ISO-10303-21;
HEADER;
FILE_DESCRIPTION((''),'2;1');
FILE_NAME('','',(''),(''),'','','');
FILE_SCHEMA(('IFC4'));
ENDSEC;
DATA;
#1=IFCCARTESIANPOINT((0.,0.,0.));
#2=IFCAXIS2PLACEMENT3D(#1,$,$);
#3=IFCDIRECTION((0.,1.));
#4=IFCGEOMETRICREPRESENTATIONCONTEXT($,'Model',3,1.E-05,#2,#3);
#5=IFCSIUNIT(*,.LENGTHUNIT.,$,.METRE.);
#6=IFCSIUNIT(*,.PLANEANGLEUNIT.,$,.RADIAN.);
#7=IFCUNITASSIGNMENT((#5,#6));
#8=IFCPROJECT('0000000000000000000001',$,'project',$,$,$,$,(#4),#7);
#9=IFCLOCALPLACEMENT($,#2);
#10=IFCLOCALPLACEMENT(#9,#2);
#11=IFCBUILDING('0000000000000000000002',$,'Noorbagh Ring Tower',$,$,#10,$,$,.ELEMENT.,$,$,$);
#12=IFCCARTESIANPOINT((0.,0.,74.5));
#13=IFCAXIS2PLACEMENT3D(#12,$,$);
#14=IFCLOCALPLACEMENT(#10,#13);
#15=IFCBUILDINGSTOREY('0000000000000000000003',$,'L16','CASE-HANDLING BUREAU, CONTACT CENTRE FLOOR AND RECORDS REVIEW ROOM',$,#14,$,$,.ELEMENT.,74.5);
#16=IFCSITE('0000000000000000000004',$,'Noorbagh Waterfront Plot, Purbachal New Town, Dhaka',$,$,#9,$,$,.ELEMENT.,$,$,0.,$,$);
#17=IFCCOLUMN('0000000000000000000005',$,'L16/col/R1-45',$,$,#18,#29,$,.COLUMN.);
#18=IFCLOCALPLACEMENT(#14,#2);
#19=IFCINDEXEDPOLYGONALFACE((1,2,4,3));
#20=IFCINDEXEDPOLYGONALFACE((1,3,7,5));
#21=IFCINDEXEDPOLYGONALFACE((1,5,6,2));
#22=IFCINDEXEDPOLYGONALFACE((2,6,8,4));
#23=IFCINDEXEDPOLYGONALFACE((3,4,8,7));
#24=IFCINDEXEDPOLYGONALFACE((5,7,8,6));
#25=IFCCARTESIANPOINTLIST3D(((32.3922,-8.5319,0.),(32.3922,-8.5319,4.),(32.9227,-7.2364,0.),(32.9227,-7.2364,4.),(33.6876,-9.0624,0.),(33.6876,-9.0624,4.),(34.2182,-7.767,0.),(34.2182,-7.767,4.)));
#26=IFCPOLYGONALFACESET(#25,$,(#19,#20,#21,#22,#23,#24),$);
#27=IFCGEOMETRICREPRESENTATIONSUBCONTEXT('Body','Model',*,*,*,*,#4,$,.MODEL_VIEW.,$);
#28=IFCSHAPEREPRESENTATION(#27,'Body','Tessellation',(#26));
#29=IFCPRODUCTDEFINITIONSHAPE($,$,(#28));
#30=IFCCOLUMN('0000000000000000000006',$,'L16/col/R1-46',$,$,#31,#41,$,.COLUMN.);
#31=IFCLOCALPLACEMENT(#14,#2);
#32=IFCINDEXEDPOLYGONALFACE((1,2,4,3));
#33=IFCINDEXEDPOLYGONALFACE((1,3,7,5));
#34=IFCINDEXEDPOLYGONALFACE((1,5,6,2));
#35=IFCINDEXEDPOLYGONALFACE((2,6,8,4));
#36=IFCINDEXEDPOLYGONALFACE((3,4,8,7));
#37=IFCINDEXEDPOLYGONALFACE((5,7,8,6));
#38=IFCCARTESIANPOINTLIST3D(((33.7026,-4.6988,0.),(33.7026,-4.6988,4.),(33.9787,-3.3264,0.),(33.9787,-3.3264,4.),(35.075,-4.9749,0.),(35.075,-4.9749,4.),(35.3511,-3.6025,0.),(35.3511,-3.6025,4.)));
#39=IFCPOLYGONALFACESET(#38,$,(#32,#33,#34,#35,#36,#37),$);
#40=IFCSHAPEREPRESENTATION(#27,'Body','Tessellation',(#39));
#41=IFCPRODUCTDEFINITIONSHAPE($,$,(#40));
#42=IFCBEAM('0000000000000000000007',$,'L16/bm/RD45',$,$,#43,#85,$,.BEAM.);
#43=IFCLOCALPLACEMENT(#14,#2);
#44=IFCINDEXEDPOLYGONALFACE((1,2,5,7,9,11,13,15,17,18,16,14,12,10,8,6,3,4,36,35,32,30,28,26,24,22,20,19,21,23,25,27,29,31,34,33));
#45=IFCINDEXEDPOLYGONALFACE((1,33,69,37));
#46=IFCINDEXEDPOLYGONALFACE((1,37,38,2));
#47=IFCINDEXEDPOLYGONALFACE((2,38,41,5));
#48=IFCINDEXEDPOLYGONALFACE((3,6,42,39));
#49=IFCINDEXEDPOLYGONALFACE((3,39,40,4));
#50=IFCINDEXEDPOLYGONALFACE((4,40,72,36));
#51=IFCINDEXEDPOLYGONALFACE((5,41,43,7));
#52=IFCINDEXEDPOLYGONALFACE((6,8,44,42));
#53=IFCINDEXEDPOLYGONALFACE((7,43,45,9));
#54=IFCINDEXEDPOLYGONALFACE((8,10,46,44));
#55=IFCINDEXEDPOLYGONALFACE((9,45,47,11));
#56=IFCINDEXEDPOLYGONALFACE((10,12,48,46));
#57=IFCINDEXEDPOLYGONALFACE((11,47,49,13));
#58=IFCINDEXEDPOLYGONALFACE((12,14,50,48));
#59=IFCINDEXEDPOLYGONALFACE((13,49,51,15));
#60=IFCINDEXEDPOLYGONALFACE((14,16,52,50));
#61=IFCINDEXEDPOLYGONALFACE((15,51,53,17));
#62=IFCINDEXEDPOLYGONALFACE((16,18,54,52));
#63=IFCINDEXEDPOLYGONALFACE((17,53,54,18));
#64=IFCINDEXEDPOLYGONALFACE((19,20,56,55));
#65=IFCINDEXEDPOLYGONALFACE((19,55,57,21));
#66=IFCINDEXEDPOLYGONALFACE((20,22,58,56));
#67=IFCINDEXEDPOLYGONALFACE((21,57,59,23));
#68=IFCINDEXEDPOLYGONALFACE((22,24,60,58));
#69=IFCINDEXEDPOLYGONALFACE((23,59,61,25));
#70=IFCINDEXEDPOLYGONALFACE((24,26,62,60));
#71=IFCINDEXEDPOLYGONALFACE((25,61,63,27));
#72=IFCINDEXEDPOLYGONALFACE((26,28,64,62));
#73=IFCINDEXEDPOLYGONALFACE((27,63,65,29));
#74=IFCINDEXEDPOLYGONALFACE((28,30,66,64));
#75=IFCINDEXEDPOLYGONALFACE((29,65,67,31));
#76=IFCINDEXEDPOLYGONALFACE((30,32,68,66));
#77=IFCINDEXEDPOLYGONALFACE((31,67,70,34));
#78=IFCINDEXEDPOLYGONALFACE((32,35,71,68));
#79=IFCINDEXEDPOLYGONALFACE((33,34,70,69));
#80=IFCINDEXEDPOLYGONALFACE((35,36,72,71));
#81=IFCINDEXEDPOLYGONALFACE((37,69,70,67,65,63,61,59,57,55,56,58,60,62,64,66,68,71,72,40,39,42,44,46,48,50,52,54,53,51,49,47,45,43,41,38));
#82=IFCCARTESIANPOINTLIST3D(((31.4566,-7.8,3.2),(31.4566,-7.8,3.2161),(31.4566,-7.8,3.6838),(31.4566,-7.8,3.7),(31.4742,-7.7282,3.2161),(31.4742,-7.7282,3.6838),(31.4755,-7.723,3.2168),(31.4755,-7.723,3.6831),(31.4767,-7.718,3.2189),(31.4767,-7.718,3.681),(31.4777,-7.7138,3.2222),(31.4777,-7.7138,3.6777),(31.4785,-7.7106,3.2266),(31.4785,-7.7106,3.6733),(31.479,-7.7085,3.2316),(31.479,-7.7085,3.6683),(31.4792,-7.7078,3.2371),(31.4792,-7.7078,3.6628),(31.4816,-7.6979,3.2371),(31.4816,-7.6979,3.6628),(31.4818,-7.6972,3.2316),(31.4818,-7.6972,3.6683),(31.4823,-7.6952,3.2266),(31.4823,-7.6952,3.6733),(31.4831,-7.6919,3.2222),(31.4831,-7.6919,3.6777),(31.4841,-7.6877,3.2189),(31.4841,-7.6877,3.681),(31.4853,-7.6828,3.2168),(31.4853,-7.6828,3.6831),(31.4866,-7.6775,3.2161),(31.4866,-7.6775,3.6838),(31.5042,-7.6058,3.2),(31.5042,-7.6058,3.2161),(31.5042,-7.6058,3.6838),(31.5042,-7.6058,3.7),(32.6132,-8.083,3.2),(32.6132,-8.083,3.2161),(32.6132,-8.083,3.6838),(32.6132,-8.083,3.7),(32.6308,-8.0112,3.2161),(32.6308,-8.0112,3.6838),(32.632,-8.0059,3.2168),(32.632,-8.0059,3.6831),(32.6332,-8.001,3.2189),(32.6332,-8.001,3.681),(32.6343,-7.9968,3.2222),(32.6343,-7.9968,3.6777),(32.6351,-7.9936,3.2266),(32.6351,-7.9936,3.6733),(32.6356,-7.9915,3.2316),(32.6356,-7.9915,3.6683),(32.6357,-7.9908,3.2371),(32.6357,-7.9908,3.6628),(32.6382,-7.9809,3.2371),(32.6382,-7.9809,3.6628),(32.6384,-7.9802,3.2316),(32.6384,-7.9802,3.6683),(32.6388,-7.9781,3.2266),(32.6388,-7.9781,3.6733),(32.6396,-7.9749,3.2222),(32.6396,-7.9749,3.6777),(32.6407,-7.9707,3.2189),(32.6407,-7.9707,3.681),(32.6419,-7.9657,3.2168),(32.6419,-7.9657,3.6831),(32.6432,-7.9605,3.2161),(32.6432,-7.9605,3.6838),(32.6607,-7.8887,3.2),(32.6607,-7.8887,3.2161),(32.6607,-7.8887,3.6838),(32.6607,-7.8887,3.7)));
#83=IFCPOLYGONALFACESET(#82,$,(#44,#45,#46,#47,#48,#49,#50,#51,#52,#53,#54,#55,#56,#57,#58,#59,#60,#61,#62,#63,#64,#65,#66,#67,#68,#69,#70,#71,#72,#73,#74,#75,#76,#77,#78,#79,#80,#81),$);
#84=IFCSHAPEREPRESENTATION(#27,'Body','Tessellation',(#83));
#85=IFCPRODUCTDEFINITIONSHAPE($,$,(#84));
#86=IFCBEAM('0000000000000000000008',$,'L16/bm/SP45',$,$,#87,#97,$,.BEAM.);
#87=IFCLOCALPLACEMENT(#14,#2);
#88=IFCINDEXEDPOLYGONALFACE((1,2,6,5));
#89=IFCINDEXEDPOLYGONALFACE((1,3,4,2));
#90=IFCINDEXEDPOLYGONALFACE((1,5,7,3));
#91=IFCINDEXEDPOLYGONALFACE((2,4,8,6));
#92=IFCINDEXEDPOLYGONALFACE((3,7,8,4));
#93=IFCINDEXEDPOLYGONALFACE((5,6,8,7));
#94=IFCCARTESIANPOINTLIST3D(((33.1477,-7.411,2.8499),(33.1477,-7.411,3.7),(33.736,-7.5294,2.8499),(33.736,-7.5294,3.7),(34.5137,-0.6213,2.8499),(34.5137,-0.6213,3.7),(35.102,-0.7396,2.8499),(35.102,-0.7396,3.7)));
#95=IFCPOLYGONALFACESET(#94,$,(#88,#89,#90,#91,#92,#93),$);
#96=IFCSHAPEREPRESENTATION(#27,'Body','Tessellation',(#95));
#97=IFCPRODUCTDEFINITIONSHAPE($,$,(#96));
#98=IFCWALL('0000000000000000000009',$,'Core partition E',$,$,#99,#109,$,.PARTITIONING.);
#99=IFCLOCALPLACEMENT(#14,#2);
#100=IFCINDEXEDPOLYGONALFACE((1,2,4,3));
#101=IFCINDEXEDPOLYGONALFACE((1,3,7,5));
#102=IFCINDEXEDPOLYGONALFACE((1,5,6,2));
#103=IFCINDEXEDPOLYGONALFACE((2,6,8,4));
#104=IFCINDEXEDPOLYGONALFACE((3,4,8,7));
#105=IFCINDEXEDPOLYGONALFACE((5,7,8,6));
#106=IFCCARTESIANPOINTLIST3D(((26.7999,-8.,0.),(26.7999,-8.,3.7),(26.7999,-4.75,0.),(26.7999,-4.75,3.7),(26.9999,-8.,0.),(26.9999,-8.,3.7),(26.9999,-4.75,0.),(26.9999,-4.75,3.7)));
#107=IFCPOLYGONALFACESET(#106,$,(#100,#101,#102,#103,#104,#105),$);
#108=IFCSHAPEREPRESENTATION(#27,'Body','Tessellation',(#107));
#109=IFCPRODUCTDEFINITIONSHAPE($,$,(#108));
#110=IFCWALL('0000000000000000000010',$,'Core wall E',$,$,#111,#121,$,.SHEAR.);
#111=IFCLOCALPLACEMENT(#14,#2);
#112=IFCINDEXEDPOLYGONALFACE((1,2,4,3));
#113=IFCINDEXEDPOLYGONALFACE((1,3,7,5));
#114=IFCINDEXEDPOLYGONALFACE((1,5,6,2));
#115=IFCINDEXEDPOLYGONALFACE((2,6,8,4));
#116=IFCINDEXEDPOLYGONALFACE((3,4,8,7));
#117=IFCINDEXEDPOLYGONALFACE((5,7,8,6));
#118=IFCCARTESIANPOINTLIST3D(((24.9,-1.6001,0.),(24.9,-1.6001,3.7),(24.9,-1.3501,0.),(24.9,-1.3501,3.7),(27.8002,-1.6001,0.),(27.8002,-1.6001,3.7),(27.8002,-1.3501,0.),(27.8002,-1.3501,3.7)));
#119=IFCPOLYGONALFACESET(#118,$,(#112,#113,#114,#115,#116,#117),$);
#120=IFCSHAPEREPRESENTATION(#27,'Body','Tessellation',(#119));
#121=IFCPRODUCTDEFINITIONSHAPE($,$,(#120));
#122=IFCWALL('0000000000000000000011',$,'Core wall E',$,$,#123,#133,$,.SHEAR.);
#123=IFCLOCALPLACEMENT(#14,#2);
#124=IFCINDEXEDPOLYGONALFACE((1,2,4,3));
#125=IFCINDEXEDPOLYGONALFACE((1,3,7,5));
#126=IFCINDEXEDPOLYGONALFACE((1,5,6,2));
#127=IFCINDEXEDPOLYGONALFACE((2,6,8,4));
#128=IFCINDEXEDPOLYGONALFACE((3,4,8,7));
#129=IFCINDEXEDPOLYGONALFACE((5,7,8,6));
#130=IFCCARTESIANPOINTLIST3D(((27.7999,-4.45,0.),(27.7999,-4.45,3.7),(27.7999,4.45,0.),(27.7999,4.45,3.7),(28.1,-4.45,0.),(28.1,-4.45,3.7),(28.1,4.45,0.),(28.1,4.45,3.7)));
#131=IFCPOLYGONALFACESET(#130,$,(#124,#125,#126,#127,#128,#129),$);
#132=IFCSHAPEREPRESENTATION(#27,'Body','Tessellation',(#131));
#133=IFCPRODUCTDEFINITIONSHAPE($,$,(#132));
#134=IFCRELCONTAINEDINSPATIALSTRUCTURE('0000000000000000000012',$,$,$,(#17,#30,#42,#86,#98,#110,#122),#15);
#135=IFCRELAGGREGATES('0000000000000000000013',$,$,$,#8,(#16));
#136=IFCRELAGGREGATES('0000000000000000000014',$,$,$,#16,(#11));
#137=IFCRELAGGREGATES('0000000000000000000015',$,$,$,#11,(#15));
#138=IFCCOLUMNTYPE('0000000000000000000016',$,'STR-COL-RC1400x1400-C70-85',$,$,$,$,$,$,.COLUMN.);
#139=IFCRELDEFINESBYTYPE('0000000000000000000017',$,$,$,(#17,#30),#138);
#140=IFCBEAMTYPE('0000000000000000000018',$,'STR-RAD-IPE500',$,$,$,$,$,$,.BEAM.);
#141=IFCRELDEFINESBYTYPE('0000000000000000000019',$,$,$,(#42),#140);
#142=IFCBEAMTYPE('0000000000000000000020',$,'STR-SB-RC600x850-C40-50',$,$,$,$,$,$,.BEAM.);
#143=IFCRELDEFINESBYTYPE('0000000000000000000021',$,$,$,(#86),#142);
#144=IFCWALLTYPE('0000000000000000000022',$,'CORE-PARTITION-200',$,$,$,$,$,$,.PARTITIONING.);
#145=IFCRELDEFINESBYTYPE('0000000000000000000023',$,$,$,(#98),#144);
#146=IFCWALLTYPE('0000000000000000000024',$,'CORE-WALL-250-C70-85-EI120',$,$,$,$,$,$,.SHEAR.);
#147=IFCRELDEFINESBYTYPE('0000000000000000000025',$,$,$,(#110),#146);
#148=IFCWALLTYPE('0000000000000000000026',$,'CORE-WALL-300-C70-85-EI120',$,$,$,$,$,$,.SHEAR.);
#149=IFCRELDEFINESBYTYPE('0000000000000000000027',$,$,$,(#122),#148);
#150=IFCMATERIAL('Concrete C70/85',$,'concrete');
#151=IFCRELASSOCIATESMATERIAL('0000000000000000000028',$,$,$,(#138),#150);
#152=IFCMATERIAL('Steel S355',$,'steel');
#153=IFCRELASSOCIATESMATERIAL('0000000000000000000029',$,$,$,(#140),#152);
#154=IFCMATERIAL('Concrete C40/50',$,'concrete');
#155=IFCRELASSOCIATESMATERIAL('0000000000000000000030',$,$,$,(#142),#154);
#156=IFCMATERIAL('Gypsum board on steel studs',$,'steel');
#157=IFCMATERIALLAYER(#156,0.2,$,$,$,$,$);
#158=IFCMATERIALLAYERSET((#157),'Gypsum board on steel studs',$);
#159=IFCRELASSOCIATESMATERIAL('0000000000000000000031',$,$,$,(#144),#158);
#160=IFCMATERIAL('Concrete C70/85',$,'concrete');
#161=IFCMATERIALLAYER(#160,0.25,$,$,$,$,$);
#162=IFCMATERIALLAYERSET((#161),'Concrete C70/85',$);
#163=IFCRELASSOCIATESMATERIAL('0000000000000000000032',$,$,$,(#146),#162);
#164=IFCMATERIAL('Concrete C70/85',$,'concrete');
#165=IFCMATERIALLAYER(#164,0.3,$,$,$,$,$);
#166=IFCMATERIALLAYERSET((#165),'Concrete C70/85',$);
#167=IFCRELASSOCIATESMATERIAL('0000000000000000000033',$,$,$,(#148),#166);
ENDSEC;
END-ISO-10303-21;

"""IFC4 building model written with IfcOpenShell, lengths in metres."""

from ifc_helpers import new_model, si_unit, direction, frame, frame_2d, origin, origin_2d, place, context, subcontext, project, spatial, rectangle, i_section, extrude, material, layer, layer_set, material_profile, profile_set, type_object, element, save


model = new_model("IFC4")

# Units and contexts
model_context = context("Model", 3, precision=1e-05, world=origin(), true_north=direction((0.0, 1.0)))
body_context = subcontext(model_context, "Body", "Model", "MODEL_VIEW")
ifc_project = project(units=[si_unit("LENGTHUNIT", "METRE"), si_unit("PLANEANGLEUNIT", "RADIAN")], contexts=[model_context])

# Site, building, storey
site_placement = place(None, origin())
site = spatial("IfcSite", under=ifc_project, at=site_placement, Name="Noorbagh Waterfront Plot, Purbachal New Town, Dhaka", CompositionType="ELEMENT", RefElevation=0.0)
building_placement = place(site_placement, origin())
building = spatial("IfcBuilding", under=site, at=building_placement, Name="Noorbagh Ring Tower", CompositionType="ELEMENT")
storey_placement = place(building_placement, frame((0.0, 0.0, 74.5)))
storey = spatial("IfcBuildingStorey", under=building, at=storey_placement, Name="L16", Description="CASE-HANDLING BUREAU, CONTACT CENTRE FLOOR AND RECORDS REVIEW ROOM", CompositionType="ELEMENT", Elevation=74.5)

# Columns
ifc_material_1 = material(Name="Concrete C70/85", Category="concrete")
ifc_material_profile_1 = material_profile(ifc_material_1, rectangle(XDim=1.3999, YDim=1.3999, at=origin_2d()), Name="RC1400x1400")
ifc_profile_set_1 = profile_set([ifc_material_profile_1], Name="Concrete C70/85")
column_type = type_object("IfcColumnType", Name="STR-COL-RC1400x1400-C70-85", PredefinedType="COLUMN", material=ifc_profile_set_1)
for number, where, z_axis, x_axis, name in (
    (1, (33.3052, -8.1494, 0.0), (0.0, 0.0, 1.0), (0.378989, 0.925401, 0.0), "L16/col/R1-45"),
    (2, (34.5269, -4.1506, 0.0), (0.0, 0.0, 1.0), (0.19723, 0.980357, 0.0), "L16/col/R1-46"),
):
    element("IfcColumn", number, at=place(storey_placement, frame(where, z_axis=z_axis, x_axis=x_axis)), inside=storey, type_object=column_type, Name=name, PredefinedType="COLUMN", context=body_context, shape_type="SweptSolid", body=[
        extrude(rectangle(XDim=1.3999, YDim=1.3999, at=origin_2d()), origin(), (0.0, 0.0, 1.0), 4.0),
    ])

# Beams
ifc_material_2 = material(Name="Steel S355", Category="steel")
ifc_material_profile_2 = material_profile(ifc_material_2, i_section(OverallWidth=0.2, OverallDepth=0.5, WebThickness=0.0103, FlangeThickness=0.0161, FilletRadius=0.021, at=origin_2d()), Name="IPE500")
ifc_profile_set_2 = profile_set([ifc_material_profile_2], Name="Steel S355")
beam_type_1 = type_object("IfcBeamType", Name="STR-RAD-IPE500", PredefinedType="BEAM", material=ifc_profile_set_2)
beam_1_placement = place(storey_placement, frame((32.637, -7.9858, 3.45), z_axis=(-0.971349, 0.237659, 0.0), x_axis=(-0.237659, -0.971349, 0.0)))
element("IfcBeam", 3, at=beam_1_placement, inside=storey, type_object=beam_type_1, Name="L16/bm/RD45", PredefinedType="BEAM", context=body_context, shape_type="SweptSolid", body=[
    extrude(i_section(OverallWidth=0.2, OverallDepth=0.5, WebThickness=0.0103, FlangeThickness=0.0161, FilletRadius=0.021, at=origin_2d()), origin(), (0.0, 0.0, 1.0), 1.1907),
])
ifc_material_3 = material(Name="Concrete C40/50", Category="concrete")
ifc_material_profile_3 = material_profile(ifc_material_3, rectangle(XDim=0.6001, YDim=0.8501, at=origin_2d()), Name="RC600x850")
ifc_profile_set_3 = profile_set([ifc_material_profile_3], Name="Concrete C40/50")
beam_type_2 = type_object("IfcBeamType", Name="STR-SB-RC600x850-C40-50", PredefinedType="BEAM", material=ifc_profile_set_3)
beam_2_placement = place(storey_placement, frame((33.4419, -7.4702, 3.2749), z_axis=(0.197228, 0.980358, 0.0), x_axis=(-0.980358, 0.197228, 0.0)))
element("IfcBeam", 4, at=beam_2_placement, inside=storey, type_object=beam_type_2, Name="L16/bm/SP45", PredefinedType="BEAM", context=body_context, shape_type="SweptSolid", body=[
    extrude(rectangle(XDim=0.6001, YDim=0.8501, at=origin_2d()), origin(), (0.0, 0.0, 1.0), 6.9258),
])

# Walls
ifc_material_4 = material(Name="Gypsum board on steel studs", Category="steel")
ifc_layer_1 = layer(ifc_material_4, 0.2)
ifc_layer_set_1 = layer_set([ifc_layer_1], Name="Gypsum board on steel studs")
wall_type_1 = type_object("IfcWallType", Name="CORE-PARTITION-200", PredefinedType="PARTITIONING", material=ifc_layer_set_1)
wall_1_placement = place(storey_placement, frame((26.8999, -8.0, 0.0), z_axis=(0.0, 0.0, 1.0), x_axis=(0.0, 1.0, 0.0)))
element("IfcWall", 5, at=wall_1_placement, inside=storey, type_object=wall_type_1, Name="Core partition E", PredefinedType="PARTITIONING", context=body_context, shape_type="SweptSolid", body=[
    extrude(rectangle(XDim=3.25, YDim=0.2, at=frame_2d((1.625, 0.0))), origin(), (0.0, 0.0, 1.0), 3.7),
])
ifc_material_5 = material(Name="Concrete C70/85", Category="concrete")
ifc_layer_2 = layer(ifc_material_5, 0.25)
ifc_layer_set_2 = layer_set([ifc_layer_2], Name="Concrete C70/85")
wall_type_2 = type_object("IfcWallType", Name="CORE-WALL-250-C70-85-EI120", PredefinedType="SHEAR", material=ifc_layer_set_2)
wall_2_placement = place(storey_placement, frame((24.8999, -1.4751, 0.0), z_axis=(0.0, 0.0, 1.0), x_axis=(1.0, 0.0, 0.0)))
element("IfcWall", 6, at=wall_2_placement, inside=storey, type_object=wall_type_2, Name="Core wall E", PredefinedType="SHEAR", context=body_context, shape_type="SweptSolid", body=[
    extrude(rectangle(XDim=2.9001, YDim=0.25, at=frame_2d((1.4502, 0.0))), origin(), (0.0, 0.0, 1.0), 3.7),
])
ifc_material_6 = material(Name="Concrete C70/85", Category="concrete")
ifc_layer_3 = layer(ifc_material_6, 0.3)
ifc_layer_set_3 = layer_set([ifc_layer_3], Name="Concrete C70/85")
wall_type_3 = type_object("IfcWallType", Name="CORE-WALL-300-C70-85-EI120", PredefinedType="SHEAR", material=ifc_layer_set_3)
wall_3_placement = place(storey_placement, frame((27.95, -4.45, 0.0), z_axis=(0.0, 0.0, 1.0), x_axis=(0.0, 1.0, 0.0)))
element("IfcWall", 7, at=wall_3_placement, inside=storey, type_object=wall_type_3, Name="Core wall E", PredefinedType="SHEAR", context=body_context, shape_type="SweptSolid", body=[
    extrude(rectangle(XDim=8.8999, YDim=0.3, at=frame_2d((4.45, 0.0))), origin(), (0.0, 0.0, 1.0), 3.7),
])

save(model, "model.ifc")
